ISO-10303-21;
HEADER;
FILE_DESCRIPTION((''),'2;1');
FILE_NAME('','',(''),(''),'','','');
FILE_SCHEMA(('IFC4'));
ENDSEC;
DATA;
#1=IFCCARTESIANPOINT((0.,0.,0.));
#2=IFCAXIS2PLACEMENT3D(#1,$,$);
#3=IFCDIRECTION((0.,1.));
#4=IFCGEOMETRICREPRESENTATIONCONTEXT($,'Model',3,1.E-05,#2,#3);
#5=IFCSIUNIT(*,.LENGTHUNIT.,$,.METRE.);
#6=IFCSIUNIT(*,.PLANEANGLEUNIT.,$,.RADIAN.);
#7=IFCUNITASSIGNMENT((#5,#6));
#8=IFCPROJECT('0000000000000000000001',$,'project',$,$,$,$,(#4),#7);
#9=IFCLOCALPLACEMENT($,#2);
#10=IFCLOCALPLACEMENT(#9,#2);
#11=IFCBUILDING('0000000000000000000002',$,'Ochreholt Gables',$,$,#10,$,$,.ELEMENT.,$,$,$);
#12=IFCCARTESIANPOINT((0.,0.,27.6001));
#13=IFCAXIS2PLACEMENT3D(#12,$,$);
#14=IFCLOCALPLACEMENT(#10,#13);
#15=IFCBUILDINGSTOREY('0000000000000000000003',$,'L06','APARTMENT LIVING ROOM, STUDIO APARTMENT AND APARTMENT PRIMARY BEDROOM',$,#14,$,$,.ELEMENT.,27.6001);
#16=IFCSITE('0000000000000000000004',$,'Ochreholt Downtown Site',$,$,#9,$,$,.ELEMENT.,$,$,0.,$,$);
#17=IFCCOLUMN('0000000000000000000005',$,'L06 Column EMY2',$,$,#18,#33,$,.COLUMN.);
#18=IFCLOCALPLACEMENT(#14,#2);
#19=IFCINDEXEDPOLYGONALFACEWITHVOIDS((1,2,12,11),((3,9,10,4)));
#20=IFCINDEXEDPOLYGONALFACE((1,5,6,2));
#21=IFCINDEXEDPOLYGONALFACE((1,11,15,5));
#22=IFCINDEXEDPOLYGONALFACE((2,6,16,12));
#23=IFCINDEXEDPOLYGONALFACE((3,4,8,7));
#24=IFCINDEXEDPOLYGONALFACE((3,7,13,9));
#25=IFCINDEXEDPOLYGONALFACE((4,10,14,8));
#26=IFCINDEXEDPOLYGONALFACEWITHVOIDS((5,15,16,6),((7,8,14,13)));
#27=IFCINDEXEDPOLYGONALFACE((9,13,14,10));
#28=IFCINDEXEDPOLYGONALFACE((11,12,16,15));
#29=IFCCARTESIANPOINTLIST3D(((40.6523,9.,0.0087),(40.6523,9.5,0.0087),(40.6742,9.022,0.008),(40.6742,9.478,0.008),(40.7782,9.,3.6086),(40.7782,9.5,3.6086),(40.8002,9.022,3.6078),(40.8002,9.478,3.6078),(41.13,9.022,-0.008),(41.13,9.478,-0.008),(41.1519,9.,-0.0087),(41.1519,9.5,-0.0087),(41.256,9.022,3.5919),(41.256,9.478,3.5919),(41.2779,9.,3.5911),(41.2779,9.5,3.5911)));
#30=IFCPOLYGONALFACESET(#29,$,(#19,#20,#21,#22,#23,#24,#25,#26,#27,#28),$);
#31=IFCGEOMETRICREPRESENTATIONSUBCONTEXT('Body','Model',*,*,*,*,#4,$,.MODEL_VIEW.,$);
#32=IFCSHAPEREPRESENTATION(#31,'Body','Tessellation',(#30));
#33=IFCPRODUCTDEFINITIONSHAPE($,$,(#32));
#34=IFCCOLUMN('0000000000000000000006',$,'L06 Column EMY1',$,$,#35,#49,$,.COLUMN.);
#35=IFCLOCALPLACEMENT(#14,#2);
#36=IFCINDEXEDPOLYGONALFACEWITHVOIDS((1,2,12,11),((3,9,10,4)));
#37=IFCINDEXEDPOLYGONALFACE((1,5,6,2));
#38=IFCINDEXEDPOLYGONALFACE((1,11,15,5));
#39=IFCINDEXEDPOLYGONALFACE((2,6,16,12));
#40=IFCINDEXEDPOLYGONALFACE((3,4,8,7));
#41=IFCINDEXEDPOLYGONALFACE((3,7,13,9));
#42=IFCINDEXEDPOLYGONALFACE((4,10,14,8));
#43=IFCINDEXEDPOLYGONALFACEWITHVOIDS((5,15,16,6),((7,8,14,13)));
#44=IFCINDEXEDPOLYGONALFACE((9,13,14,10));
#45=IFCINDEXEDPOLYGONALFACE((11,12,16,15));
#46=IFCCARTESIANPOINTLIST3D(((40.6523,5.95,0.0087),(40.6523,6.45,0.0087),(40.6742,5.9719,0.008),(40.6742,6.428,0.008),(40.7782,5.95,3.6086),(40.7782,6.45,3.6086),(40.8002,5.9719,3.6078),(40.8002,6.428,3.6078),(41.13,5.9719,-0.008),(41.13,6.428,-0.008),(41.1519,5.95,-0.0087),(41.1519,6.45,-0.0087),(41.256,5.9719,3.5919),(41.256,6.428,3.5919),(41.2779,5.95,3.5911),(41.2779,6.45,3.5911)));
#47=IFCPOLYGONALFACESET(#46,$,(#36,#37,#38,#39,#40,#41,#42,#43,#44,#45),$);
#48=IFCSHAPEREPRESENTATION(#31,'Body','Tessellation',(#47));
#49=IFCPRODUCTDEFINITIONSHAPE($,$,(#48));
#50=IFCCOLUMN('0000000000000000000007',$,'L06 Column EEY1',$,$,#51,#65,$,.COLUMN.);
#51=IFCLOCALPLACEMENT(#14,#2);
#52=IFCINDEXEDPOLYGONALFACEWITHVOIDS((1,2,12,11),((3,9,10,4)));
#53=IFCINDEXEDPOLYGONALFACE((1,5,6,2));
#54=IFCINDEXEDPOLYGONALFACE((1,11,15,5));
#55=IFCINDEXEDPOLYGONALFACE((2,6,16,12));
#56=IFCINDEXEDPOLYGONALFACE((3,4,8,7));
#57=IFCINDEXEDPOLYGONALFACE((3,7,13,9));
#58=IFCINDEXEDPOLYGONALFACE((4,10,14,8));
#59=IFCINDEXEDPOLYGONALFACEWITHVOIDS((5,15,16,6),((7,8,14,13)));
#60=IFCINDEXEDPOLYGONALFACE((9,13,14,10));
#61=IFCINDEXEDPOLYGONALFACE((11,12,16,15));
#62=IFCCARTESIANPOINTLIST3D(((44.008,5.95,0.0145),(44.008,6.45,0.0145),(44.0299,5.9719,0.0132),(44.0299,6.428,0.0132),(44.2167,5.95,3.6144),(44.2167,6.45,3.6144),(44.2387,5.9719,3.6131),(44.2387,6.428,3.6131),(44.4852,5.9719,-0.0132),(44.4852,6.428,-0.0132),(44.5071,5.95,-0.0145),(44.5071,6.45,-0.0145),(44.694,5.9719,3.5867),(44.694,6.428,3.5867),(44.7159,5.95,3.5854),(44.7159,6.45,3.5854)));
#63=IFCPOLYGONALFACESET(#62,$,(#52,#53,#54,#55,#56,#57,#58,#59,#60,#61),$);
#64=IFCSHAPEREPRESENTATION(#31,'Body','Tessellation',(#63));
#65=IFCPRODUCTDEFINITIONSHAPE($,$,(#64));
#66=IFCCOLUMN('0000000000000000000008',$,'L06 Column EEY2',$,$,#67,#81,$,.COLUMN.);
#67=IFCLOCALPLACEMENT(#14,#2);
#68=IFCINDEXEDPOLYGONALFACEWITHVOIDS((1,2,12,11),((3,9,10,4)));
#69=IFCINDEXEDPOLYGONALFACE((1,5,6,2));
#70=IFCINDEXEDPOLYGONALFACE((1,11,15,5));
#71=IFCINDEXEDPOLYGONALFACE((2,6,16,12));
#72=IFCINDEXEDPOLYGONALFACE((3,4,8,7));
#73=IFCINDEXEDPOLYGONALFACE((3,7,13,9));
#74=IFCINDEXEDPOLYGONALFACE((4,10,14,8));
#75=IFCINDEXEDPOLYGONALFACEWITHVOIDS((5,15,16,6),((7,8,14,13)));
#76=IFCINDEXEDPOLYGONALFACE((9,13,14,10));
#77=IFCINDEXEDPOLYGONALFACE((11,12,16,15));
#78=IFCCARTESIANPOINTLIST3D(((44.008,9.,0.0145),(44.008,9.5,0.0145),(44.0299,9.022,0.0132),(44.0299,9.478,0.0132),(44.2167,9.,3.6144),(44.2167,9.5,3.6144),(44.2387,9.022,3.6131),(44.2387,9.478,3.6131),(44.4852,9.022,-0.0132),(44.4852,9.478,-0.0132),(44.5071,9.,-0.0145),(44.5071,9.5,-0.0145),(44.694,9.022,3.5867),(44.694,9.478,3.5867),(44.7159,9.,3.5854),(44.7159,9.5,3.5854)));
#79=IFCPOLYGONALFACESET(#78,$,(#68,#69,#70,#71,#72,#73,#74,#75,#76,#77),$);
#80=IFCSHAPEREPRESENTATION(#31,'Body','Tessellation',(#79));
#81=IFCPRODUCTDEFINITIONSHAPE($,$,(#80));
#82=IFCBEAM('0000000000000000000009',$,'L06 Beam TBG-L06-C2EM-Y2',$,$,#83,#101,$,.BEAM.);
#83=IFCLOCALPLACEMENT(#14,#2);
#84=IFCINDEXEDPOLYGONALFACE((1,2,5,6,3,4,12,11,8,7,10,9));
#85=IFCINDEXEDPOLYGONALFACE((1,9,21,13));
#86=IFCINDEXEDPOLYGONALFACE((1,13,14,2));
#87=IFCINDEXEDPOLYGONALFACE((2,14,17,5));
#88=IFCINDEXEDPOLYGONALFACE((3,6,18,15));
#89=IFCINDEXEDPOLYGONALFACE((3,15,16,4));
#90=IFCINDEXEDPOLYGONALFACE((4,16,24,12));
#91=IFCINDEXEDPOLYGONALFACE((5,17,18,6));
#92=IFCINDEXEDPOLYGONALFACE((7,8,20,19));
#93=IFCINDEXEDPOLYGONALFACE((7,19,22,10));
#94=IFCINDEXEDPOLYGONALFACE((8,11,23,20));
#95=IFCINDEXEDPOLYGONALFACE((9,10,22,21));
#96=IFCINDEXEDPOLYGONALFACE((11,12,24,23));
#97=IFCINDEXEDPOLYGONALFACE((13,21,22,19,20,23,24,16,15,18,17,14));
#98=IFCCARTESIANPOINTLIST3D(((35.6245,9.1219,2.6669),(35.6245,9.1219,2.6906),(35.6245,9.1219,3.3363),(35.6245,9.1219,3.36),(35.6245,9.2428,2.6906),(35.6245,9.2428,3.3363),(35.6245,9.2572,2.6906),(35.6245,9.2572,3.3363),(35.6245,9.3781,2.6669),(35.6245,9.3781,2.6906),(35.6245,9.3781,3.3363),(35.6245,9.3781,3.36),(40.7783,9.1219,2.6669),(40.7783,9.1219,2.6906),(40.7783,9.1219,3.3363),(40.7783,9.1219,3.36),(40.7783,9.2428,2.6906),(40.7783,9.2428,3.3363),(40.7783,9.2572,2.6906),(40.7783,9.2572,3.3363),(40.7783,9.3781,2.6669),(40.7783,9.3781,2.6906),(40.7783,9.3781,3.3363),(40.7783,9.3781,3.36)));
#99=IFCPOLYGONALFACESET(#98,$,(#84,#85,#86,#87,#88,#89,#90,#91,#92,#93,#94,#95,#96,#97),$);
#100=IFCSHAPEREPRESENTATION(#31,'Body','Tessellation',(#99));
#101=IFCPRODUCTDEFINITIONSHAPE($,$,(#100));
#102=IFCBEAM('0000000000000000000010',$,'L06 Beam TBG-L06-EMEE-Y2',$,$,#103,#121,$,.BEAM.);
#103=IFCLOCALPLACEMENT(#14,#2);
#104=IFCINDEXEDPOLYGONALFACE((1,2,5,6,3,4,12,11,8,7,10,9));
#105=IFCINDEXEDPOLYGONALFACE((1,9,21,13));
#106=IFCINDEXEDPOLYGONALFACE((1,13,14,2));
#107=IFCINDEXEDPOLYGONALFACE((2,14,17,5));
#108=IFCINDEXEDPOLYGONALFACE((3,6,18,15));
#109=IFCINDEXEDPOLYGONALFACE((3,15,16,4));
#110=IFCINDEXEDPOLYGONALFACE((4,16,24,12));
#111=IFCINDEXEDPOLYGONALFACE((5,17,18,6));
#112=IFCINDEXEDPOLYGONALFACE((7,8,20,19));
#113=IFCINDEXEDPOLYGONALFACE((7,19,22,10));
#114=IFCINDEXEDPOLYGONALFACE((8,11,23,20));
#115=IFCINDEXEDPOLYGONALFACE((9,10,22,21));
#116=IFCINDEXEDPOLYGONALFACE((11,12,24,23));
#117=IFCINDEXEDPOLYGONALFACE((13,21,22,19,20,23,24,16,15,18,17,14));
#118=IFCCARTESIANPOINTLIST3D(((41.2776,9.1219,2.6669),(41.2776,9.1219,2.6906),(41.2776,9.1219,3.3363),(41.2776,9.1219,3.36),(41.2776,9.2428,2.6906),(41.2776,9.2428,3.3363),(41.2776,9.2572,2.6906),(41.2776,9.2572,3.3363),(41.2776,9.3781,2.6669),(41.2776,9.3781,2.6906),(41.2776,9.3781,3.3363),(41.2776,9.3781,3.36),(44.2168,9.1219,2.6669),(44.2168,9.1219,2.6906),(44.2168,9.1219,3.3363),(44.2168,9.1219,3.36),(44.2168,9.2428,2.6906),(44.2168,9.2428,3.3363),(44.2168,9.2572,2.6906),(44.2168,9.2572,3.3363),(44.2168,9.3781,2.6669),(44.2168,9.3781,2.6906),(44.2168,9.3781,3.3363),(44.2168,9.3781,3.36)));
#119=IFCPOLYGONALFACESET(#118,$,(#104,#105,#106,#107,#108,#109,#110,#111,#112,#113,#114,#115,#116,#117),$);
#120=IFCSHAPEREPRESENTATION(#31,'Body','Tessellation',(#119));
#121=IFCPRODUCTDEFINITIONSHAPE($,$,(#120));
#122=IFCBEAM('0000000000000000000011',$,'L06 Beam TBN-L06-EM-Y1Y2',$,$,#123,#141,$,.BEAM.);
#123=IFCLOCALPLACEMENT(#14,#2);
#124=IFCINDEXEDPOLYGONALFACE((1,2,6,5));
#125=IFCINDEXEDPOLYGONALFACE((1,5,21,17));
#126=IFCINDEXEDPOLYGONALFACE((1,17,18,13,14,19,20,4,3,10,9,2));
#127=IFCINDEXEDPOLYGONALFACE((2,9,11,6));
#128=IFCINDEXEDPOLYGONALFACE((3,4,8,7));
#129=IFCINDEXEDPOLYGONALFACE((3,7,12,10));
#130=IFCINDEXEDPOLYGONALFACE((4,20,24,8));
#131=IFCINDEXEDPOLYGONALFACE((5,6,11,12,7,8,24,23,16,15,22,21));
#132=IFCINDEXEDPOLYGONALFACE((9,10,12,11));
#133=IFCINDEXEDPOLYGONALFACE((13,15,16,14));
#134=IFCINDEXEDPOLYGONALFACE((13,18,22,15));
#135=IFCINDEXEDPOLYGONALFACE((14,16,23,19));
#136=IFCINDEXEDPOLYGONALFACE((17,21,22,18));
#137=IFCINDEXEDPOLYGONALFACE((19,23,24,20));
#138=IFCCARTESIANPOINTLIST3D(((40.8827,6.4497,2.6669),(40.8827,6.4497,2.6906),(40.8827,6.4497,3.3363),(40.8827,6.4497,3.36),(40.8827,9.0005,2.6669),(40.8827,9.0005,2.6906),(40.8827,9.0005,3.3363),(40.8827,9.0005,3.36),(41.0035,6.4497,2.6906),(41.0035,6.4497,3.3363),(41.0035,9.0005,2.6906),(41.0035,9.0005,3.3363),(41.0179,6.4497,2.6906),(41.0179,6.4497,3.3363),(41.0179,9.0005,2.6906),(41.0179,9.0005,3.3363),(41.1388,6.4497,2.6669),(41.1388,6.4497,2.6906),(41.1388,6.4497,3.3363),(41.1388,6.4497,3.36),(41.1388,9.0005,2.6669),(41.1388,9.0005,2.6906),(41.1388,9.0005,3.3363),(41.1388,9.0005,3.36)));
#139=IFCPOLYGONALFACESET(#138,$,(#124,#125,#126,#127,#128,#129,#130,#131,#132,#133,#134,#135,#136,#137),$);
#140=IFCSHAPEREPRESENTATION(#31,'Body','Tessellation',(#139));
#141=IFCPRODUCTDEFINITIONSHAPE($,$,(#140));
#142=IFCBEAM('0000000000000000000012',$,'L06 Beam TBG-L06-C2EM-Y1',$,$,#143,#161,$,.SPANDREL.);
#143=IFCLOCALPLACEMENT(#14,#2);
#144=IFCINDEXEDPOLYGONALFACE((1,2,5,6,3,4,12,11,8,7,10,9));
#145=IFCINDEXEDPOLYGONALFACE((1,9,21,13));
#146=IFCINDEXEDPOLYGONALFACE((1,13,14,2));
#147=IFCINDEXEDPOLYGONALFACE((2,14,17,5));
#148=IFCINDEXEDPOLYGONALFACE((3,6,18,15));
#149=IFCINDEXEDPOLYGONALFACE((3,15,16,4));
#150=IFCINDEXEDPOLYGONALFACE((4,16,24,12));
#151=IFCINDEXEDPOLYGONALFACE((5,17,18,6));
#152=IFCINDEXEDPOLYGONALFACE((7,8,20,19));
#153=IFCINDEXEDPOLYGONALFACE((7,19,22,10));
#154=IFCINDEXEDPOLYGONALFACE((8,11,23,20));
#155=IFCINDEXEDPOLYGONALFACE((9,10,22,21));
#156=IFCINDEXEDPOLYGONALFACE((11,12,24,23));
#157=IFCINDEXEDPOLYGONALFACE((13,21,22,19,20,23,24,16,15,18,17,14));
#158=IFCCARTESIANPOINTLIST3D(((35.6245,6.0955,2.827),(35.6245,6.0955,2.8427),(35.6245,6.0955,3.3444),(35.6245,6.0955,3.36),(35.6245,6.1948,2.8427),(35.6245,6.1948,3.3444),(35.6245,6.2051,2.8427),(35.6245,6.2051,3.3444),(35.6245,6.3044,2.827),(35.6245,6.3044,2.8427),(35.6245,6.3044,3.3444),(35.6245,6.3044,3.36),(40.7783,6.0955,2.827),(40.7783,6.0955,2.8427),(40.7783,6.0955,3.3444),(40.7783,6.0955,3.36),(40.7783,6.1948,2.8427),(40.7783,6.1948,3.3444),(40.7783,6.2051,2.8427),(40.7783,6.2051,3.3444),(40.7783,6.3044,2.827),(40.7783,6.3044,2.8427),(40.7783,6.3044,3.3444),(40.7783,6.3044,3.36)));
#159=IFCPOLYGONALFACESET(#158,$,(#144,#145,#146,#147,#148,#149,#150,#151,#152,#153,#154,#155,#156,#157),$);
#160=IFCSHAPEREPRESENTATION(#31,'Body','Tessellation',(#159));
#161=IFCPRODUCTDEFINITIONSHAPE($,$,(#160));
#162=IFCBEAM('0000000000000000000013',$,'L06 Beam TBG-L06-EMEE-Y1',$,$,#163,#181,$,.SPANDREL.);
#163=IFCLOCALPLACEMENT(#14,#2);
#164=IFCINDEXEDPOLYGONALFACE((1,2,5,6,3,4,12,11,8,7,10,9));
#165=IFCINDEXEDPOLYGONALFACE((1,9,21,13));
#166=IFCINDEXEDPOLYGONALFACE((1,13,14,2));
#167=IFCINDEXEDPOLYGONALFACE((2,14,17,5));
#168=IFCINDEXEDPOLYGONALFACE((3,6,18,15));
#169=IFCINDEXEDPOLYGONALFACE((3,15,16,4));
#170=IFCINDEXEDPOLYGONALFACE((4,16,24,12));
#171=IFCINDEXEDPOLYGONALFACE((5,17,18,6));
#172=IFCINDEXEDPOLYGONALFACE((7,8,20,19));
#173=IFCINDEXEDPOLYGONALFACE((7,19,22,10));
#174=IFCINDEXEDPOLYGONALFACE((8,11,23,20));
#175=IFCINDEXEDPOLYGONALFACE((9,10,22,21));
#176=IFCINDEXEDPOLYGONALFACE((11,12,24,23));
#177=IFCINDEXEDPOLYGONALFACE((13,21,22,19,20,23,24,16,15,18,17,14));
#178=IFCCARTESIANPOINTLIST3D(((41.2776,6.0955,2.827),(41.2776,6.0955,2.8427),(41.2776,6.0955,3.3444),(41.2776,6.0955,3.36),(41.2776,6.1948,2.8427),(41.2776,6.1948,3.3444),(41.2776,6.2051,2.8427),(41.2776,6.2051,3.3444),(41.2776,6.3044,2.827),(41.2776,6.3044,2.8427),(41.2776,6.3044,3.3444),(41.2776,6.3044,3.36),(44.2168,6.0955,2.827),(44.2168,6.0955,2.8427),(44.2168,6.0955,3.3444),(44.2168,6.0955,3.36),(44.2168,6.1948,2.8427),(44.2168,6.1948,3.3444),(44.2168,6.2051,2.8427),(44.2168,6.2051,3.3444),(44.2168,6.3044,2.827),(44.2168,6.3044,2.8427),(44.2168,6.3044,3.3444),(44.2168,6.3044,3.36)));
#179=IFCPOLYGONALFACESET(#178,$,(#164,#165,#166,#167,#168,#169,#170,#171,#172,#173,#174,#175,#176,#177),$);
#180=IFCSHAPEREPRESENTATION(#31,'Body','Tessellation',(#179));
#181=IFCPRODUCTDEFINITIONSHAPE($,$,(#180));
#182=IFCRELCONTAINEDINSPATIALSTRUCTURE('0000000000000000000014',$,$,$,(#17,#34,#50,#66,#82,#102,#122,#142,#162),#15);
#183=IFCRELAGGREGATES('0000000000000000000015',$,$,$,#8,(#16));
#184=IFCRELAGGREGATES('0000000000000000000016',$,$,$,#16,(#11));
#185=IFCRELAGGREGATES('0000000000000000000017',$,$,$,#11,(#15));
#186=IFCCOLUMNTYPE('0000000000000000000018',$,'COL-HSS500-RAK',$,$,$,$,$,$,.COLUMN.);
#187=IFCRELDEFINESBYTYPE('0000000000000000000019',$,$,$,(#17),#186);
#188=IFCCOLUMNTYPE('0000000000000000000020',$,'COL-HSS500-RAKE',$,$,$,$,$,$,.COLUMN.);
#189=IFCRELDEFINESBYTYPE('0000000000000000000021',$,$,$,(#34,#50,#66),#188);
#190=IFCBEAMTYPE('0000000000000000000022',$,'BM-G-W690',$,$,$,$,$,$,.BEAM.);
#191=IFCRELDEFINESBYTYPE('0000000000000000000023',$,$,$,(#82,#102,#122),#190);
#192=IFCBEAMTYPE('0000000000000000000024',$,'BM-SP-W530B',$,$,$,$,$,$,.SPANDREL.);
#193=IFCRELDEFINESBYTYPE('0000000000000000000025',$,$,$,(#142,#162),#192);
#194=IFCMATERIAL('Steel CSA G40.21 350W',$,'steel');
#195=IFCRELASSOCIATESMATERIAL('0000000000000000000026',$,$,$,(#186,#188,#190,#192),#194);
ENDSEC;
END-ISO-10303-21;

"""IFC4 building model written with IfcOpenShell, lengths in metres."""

from ifc_helpers import new_model, si_unit, direction, frame, origin, origin_2d, place, context, subcontext, project, spatial, hollow_rectangle, i_section, extrude, material, material_profile, profile_set, type_object, element, save


model = new_model("IFC4")

# Units and contexts
model_context = context("Model", 3, precision=1e-05, world=origin(), true_north=direction((0.0, 1.0)))
body_context = subcontext(model_context, "Body", "Model", "MODEL_VIEW")
ifc_project = project(units=[si_unit("LENGTHUNIT", "METRE"), si_unit("PLANEANGLEUNIT", "RADIAN")], contexts=[model_context])

# Site, building, storey
site_placement = place(None, origin())
site = spatial("IfcSite", under=ifc_project, at=site_placement, Name="Ochreholt Downtown Site", CompositionType="ELEMENT", RefElevation=0.0)
building_placement = place(site_placement, origin())
building = spatial("IfcBuilding", under=site, at=building_placement, Name="Ochreholt Gables", CompositionType="ELEMENT")
storey_placement = place(building_placement, frame((0.0, 0.0, 27.6001)))
storey = spatial("IfcBuildingStorey", under=building, at=storey_placement, Name="L06", Description="APARTMENT LIVING ROOM, STUDIO APARTMENT AND APARTMENT PRIMARY BEDROOM", CompositionType="ELEMENT", Elevation=27.6001)

# Columns
ifc_material_1 = material(Name="Steel CSA G40.21 350W", Category="steel")
ifc_material_profile_1 = material_profile(ifc_material_1, hollow_rectangle(XDim=0.5, YDim=0.5, WallThickness=0.022, at=origin_2d()), Name="HSS500X500X22")
ifc_profile_set_1 = profile_set([ifc_material_profile_1], Name="Steel CSA G40.21 350W")
column_type_1 = type_object("IfcColumnType", Name="COL-HSS500-RAK", PredefinedType="COLUMN", material=ifc_profile_set_1)
column_1_placement = place(storey_placement, frame((40.9021, 9.25, 0.0), z_axis=(0.034974, 0.0, 0.999388), x_axis=(0.0, 1.0, 0.0)))
element("IfcColumn", 1, at=column_1_placement, inside=storey, type_object=column_type_1, Name="L06 Column EMY2", PredefinedType="COLUMN", context=body_context, shape_type="SweptSolid", body=[
    extrude(hollow_rectangle(XDim=0.5, YDim=0.5, WallThickness=0.022, at=origin_2d()), origin(), (0.0, 0.0, 1.0), 3.6021),
])
ifc_material_profile_2 = material_profile(ifc_material_1, hollow_rectangle(XDim=0.5, YDim=0.5, WallThickness=0.022, at=origin_2d()), Name="HSS500X500X22")
ifc_profile_set_2 = profile_set([ifc_material_profile_2], Name="Steel CSA G40.21 350W")
column_type_2 = type_object("IfcColumnType", Name="COL-HSS500-RAKE", PredefinedType="COLUMN", material=ifc_profile_set_2)
column_2_placement = place(storey_placement, frame((40.9021, 6.2, 0.0), z_axis=(0.034974, 0.0, 0.999388), x_axis=(0.0, 1.0, 0.0)))
element("IfcColumn", 2, at=column_2_placement, inside=storey, type_object=column_type_2, Name="L06 Column EMY1", PredefinedType="COLUMN", context=body_context, shape_type="SweptSolid", body=[
    extrude(hollow_rectangle(XDim=0.5, YDim=0.5, WallThickness=0.022, at=origin_2d()), origin(), (0.0, 0.0, 1.0), 3.6021),
])
for number, where, z_axis, x_axis, name in (
    (3, (44.2576, 6.2, 0.0), (0.057889, 0.0, 0.998323), (0.0, 1.0, 0.0), "L06 Column EEY1"),
    (4, (44.2576, 9.25, 0.0), (0.057889, 0.0, 0.998323), (0.0, 1.0, 0.0), "L06 Column EEY2"),
):
    element("IfcColumn", number, at=place(storey_placement, frame(where, z_axis=z_axis, x_axis=x_axis)), inside=storey, type_object=column_type_2, Name=name, PredefinedType="COLUMN", context=body_context, shape_type="SweptSolid", body=[
        extrude(hollow_rectangle(XDim=0.5, YDim=0.5, WallThickness=0.022, at=origin_2d()), origin(), (0.0, 0.0, 1.0), 3.606),
    ])

# Beams
ifc_material_profile_3 = material_profile(ifc_material_1, i_section(OverallWidth=0.2561, OverallDepth=0.6931, WebThickness=0.0144, FlangeThickness=0.0237, at=origin_2d()), Name="W690X170")
ifc_profile_set_3 = profile_set([ifc_material_profile_3], Name="Steel CSA G40.21 350W")
beam_type_1 = type_object("IfcBeamType", Name="BM-G-W690", PredefinedType="BEAM", material=ifc_profile_set_3)
beam_1_placement = place(storey_placement, frame((35.6245, 9.25, 3.0134), z_axis=(1.0, 0.0, 0.0), x_axis=(0.0, 1.0, 0.0)))
element("IfcBeam", 5, at=beam_1_placement, inside=storey, type_object=beam_type_1, Name="L06 Beam TBG-L06-C2EM-Y2", PredefinedType="BEAM", context=body_context, shape_type="SweptSolid", body=[
    extrude(i_section(OverallWidth=0.2561, OverallDepth=0.6931, WebThickness=0.0144, FlangeThickness=0.0237, at=origin_2d()), origin(), (0.0, 0.0, 1.0), 5.1538),
])
beam_2_placement = place(storey_placement, frame((41.2776, 9.25, 3.0134), z_axis=(1.0, 0.0, 0.0), x_axis=(0.0, 1.0, 0.0)))
element("IfcBeam", 6, at=beam_2_placement, inside=storey, type_object=beam_type_1, Name="L06 Beam TBG-L06-EMEE-Y2", PredefinedType="BEAM", context=body_context, shape_type="SweptSolid", body=[
    extrude(i_section(OverallWidth=0.2561, OverallDepth=0.6931, WebThickness=0.0144, FlangeThickness=0.0237, at=origin_2d()), origin(), (0.0, 0.0, 1.0), 2.9392),
])
beam_3_placement = place(storey_placement, frame((41.0107, 6.4497, 3.0134), z_axis=(0.0, 1.0, 0.0), x_axis=(-1.0, 0.0, 0.0)))
element("IfcBeam", 7, at=beam_3_placement, inside=storey, type_object=beam_type_1, Name="L06 Beam TBN-L06-EM-Y1Y2", PredefinedType="BEAM", context=body_context, shape_type="SweptSolid", body=[
    extrude(i_section(OverallWidth=0.2561, OverallDepth=0.6931, WebThickness=0.0144, FlangeThickness=0.0237, at=origin_2d()), origin(), (0.0, 0.0, 1.0), 2.5508),
])
ifc_material_profile_4 = material_profile(ifc_material_1, i_section(OverallWidth=0.209, OverallDepth=0.533, WebThickness=0.0103, FlangeThickness=0.0156, at=origin_2d()), Name="W530X92")
ifc_profile_set_4 = profile_set([ifc_material_profile_4], Name="Steel CSA G40.21 350W")
beam_type_2 = type_object("IfcBeamType", Name="BM-SP-W530B", PredefinedType="SPANDREL", material=ifc_profile_set_4)
beam_4_placement = place(storey_placement, frame((35.6245, 6.2, 3.0935), z_axis=(1.0, 0.0, 0.0), x_axis=(0.0, 1.0, 0.0)))
element("IfcBeam", 8, at=beam_4_placement, inside=storey, type_object=beam_type_2, Name="L06 Beam TBG-L06-C2EM-Y1", PredefinedType="SPANDREL", context=body_context, shape_type="SweptSolid", body=[
    extrude(i_section(OverallWidth=0.209, OverallDepth=0.533, WebThickness=0.0103, FlangeThickness=0.0156, at=origin_2d()), origin(), (0.0, 0.0, 1.0), 5.1538),
])
beam_5_placement = place(storey_placement, frame((41.2776, 6.2, 3.0935), z_axis=(1.0, 0.0, 0.0), x_axis=(0.0, 1.0, 0.0)))
element("IfcBeam", 9, at=beam_5_placement, inside=storey, type_object=beam_type_2, Name="L06 Beam TBG-L06-EMEE-Y1", PredefinedType="SPANDREL", context=body_context, shape_type="SweptSolid", body=[
    extrude(i_section(OverallWidth=0.209, OverallDepth=0.533, WebThickness=0.0103, FlangeThickness=0.0156, at=origin_2d()), origin(), (0.0, 0.0, 1.0), 2.9392),
])

save(model, "model.ifc")
